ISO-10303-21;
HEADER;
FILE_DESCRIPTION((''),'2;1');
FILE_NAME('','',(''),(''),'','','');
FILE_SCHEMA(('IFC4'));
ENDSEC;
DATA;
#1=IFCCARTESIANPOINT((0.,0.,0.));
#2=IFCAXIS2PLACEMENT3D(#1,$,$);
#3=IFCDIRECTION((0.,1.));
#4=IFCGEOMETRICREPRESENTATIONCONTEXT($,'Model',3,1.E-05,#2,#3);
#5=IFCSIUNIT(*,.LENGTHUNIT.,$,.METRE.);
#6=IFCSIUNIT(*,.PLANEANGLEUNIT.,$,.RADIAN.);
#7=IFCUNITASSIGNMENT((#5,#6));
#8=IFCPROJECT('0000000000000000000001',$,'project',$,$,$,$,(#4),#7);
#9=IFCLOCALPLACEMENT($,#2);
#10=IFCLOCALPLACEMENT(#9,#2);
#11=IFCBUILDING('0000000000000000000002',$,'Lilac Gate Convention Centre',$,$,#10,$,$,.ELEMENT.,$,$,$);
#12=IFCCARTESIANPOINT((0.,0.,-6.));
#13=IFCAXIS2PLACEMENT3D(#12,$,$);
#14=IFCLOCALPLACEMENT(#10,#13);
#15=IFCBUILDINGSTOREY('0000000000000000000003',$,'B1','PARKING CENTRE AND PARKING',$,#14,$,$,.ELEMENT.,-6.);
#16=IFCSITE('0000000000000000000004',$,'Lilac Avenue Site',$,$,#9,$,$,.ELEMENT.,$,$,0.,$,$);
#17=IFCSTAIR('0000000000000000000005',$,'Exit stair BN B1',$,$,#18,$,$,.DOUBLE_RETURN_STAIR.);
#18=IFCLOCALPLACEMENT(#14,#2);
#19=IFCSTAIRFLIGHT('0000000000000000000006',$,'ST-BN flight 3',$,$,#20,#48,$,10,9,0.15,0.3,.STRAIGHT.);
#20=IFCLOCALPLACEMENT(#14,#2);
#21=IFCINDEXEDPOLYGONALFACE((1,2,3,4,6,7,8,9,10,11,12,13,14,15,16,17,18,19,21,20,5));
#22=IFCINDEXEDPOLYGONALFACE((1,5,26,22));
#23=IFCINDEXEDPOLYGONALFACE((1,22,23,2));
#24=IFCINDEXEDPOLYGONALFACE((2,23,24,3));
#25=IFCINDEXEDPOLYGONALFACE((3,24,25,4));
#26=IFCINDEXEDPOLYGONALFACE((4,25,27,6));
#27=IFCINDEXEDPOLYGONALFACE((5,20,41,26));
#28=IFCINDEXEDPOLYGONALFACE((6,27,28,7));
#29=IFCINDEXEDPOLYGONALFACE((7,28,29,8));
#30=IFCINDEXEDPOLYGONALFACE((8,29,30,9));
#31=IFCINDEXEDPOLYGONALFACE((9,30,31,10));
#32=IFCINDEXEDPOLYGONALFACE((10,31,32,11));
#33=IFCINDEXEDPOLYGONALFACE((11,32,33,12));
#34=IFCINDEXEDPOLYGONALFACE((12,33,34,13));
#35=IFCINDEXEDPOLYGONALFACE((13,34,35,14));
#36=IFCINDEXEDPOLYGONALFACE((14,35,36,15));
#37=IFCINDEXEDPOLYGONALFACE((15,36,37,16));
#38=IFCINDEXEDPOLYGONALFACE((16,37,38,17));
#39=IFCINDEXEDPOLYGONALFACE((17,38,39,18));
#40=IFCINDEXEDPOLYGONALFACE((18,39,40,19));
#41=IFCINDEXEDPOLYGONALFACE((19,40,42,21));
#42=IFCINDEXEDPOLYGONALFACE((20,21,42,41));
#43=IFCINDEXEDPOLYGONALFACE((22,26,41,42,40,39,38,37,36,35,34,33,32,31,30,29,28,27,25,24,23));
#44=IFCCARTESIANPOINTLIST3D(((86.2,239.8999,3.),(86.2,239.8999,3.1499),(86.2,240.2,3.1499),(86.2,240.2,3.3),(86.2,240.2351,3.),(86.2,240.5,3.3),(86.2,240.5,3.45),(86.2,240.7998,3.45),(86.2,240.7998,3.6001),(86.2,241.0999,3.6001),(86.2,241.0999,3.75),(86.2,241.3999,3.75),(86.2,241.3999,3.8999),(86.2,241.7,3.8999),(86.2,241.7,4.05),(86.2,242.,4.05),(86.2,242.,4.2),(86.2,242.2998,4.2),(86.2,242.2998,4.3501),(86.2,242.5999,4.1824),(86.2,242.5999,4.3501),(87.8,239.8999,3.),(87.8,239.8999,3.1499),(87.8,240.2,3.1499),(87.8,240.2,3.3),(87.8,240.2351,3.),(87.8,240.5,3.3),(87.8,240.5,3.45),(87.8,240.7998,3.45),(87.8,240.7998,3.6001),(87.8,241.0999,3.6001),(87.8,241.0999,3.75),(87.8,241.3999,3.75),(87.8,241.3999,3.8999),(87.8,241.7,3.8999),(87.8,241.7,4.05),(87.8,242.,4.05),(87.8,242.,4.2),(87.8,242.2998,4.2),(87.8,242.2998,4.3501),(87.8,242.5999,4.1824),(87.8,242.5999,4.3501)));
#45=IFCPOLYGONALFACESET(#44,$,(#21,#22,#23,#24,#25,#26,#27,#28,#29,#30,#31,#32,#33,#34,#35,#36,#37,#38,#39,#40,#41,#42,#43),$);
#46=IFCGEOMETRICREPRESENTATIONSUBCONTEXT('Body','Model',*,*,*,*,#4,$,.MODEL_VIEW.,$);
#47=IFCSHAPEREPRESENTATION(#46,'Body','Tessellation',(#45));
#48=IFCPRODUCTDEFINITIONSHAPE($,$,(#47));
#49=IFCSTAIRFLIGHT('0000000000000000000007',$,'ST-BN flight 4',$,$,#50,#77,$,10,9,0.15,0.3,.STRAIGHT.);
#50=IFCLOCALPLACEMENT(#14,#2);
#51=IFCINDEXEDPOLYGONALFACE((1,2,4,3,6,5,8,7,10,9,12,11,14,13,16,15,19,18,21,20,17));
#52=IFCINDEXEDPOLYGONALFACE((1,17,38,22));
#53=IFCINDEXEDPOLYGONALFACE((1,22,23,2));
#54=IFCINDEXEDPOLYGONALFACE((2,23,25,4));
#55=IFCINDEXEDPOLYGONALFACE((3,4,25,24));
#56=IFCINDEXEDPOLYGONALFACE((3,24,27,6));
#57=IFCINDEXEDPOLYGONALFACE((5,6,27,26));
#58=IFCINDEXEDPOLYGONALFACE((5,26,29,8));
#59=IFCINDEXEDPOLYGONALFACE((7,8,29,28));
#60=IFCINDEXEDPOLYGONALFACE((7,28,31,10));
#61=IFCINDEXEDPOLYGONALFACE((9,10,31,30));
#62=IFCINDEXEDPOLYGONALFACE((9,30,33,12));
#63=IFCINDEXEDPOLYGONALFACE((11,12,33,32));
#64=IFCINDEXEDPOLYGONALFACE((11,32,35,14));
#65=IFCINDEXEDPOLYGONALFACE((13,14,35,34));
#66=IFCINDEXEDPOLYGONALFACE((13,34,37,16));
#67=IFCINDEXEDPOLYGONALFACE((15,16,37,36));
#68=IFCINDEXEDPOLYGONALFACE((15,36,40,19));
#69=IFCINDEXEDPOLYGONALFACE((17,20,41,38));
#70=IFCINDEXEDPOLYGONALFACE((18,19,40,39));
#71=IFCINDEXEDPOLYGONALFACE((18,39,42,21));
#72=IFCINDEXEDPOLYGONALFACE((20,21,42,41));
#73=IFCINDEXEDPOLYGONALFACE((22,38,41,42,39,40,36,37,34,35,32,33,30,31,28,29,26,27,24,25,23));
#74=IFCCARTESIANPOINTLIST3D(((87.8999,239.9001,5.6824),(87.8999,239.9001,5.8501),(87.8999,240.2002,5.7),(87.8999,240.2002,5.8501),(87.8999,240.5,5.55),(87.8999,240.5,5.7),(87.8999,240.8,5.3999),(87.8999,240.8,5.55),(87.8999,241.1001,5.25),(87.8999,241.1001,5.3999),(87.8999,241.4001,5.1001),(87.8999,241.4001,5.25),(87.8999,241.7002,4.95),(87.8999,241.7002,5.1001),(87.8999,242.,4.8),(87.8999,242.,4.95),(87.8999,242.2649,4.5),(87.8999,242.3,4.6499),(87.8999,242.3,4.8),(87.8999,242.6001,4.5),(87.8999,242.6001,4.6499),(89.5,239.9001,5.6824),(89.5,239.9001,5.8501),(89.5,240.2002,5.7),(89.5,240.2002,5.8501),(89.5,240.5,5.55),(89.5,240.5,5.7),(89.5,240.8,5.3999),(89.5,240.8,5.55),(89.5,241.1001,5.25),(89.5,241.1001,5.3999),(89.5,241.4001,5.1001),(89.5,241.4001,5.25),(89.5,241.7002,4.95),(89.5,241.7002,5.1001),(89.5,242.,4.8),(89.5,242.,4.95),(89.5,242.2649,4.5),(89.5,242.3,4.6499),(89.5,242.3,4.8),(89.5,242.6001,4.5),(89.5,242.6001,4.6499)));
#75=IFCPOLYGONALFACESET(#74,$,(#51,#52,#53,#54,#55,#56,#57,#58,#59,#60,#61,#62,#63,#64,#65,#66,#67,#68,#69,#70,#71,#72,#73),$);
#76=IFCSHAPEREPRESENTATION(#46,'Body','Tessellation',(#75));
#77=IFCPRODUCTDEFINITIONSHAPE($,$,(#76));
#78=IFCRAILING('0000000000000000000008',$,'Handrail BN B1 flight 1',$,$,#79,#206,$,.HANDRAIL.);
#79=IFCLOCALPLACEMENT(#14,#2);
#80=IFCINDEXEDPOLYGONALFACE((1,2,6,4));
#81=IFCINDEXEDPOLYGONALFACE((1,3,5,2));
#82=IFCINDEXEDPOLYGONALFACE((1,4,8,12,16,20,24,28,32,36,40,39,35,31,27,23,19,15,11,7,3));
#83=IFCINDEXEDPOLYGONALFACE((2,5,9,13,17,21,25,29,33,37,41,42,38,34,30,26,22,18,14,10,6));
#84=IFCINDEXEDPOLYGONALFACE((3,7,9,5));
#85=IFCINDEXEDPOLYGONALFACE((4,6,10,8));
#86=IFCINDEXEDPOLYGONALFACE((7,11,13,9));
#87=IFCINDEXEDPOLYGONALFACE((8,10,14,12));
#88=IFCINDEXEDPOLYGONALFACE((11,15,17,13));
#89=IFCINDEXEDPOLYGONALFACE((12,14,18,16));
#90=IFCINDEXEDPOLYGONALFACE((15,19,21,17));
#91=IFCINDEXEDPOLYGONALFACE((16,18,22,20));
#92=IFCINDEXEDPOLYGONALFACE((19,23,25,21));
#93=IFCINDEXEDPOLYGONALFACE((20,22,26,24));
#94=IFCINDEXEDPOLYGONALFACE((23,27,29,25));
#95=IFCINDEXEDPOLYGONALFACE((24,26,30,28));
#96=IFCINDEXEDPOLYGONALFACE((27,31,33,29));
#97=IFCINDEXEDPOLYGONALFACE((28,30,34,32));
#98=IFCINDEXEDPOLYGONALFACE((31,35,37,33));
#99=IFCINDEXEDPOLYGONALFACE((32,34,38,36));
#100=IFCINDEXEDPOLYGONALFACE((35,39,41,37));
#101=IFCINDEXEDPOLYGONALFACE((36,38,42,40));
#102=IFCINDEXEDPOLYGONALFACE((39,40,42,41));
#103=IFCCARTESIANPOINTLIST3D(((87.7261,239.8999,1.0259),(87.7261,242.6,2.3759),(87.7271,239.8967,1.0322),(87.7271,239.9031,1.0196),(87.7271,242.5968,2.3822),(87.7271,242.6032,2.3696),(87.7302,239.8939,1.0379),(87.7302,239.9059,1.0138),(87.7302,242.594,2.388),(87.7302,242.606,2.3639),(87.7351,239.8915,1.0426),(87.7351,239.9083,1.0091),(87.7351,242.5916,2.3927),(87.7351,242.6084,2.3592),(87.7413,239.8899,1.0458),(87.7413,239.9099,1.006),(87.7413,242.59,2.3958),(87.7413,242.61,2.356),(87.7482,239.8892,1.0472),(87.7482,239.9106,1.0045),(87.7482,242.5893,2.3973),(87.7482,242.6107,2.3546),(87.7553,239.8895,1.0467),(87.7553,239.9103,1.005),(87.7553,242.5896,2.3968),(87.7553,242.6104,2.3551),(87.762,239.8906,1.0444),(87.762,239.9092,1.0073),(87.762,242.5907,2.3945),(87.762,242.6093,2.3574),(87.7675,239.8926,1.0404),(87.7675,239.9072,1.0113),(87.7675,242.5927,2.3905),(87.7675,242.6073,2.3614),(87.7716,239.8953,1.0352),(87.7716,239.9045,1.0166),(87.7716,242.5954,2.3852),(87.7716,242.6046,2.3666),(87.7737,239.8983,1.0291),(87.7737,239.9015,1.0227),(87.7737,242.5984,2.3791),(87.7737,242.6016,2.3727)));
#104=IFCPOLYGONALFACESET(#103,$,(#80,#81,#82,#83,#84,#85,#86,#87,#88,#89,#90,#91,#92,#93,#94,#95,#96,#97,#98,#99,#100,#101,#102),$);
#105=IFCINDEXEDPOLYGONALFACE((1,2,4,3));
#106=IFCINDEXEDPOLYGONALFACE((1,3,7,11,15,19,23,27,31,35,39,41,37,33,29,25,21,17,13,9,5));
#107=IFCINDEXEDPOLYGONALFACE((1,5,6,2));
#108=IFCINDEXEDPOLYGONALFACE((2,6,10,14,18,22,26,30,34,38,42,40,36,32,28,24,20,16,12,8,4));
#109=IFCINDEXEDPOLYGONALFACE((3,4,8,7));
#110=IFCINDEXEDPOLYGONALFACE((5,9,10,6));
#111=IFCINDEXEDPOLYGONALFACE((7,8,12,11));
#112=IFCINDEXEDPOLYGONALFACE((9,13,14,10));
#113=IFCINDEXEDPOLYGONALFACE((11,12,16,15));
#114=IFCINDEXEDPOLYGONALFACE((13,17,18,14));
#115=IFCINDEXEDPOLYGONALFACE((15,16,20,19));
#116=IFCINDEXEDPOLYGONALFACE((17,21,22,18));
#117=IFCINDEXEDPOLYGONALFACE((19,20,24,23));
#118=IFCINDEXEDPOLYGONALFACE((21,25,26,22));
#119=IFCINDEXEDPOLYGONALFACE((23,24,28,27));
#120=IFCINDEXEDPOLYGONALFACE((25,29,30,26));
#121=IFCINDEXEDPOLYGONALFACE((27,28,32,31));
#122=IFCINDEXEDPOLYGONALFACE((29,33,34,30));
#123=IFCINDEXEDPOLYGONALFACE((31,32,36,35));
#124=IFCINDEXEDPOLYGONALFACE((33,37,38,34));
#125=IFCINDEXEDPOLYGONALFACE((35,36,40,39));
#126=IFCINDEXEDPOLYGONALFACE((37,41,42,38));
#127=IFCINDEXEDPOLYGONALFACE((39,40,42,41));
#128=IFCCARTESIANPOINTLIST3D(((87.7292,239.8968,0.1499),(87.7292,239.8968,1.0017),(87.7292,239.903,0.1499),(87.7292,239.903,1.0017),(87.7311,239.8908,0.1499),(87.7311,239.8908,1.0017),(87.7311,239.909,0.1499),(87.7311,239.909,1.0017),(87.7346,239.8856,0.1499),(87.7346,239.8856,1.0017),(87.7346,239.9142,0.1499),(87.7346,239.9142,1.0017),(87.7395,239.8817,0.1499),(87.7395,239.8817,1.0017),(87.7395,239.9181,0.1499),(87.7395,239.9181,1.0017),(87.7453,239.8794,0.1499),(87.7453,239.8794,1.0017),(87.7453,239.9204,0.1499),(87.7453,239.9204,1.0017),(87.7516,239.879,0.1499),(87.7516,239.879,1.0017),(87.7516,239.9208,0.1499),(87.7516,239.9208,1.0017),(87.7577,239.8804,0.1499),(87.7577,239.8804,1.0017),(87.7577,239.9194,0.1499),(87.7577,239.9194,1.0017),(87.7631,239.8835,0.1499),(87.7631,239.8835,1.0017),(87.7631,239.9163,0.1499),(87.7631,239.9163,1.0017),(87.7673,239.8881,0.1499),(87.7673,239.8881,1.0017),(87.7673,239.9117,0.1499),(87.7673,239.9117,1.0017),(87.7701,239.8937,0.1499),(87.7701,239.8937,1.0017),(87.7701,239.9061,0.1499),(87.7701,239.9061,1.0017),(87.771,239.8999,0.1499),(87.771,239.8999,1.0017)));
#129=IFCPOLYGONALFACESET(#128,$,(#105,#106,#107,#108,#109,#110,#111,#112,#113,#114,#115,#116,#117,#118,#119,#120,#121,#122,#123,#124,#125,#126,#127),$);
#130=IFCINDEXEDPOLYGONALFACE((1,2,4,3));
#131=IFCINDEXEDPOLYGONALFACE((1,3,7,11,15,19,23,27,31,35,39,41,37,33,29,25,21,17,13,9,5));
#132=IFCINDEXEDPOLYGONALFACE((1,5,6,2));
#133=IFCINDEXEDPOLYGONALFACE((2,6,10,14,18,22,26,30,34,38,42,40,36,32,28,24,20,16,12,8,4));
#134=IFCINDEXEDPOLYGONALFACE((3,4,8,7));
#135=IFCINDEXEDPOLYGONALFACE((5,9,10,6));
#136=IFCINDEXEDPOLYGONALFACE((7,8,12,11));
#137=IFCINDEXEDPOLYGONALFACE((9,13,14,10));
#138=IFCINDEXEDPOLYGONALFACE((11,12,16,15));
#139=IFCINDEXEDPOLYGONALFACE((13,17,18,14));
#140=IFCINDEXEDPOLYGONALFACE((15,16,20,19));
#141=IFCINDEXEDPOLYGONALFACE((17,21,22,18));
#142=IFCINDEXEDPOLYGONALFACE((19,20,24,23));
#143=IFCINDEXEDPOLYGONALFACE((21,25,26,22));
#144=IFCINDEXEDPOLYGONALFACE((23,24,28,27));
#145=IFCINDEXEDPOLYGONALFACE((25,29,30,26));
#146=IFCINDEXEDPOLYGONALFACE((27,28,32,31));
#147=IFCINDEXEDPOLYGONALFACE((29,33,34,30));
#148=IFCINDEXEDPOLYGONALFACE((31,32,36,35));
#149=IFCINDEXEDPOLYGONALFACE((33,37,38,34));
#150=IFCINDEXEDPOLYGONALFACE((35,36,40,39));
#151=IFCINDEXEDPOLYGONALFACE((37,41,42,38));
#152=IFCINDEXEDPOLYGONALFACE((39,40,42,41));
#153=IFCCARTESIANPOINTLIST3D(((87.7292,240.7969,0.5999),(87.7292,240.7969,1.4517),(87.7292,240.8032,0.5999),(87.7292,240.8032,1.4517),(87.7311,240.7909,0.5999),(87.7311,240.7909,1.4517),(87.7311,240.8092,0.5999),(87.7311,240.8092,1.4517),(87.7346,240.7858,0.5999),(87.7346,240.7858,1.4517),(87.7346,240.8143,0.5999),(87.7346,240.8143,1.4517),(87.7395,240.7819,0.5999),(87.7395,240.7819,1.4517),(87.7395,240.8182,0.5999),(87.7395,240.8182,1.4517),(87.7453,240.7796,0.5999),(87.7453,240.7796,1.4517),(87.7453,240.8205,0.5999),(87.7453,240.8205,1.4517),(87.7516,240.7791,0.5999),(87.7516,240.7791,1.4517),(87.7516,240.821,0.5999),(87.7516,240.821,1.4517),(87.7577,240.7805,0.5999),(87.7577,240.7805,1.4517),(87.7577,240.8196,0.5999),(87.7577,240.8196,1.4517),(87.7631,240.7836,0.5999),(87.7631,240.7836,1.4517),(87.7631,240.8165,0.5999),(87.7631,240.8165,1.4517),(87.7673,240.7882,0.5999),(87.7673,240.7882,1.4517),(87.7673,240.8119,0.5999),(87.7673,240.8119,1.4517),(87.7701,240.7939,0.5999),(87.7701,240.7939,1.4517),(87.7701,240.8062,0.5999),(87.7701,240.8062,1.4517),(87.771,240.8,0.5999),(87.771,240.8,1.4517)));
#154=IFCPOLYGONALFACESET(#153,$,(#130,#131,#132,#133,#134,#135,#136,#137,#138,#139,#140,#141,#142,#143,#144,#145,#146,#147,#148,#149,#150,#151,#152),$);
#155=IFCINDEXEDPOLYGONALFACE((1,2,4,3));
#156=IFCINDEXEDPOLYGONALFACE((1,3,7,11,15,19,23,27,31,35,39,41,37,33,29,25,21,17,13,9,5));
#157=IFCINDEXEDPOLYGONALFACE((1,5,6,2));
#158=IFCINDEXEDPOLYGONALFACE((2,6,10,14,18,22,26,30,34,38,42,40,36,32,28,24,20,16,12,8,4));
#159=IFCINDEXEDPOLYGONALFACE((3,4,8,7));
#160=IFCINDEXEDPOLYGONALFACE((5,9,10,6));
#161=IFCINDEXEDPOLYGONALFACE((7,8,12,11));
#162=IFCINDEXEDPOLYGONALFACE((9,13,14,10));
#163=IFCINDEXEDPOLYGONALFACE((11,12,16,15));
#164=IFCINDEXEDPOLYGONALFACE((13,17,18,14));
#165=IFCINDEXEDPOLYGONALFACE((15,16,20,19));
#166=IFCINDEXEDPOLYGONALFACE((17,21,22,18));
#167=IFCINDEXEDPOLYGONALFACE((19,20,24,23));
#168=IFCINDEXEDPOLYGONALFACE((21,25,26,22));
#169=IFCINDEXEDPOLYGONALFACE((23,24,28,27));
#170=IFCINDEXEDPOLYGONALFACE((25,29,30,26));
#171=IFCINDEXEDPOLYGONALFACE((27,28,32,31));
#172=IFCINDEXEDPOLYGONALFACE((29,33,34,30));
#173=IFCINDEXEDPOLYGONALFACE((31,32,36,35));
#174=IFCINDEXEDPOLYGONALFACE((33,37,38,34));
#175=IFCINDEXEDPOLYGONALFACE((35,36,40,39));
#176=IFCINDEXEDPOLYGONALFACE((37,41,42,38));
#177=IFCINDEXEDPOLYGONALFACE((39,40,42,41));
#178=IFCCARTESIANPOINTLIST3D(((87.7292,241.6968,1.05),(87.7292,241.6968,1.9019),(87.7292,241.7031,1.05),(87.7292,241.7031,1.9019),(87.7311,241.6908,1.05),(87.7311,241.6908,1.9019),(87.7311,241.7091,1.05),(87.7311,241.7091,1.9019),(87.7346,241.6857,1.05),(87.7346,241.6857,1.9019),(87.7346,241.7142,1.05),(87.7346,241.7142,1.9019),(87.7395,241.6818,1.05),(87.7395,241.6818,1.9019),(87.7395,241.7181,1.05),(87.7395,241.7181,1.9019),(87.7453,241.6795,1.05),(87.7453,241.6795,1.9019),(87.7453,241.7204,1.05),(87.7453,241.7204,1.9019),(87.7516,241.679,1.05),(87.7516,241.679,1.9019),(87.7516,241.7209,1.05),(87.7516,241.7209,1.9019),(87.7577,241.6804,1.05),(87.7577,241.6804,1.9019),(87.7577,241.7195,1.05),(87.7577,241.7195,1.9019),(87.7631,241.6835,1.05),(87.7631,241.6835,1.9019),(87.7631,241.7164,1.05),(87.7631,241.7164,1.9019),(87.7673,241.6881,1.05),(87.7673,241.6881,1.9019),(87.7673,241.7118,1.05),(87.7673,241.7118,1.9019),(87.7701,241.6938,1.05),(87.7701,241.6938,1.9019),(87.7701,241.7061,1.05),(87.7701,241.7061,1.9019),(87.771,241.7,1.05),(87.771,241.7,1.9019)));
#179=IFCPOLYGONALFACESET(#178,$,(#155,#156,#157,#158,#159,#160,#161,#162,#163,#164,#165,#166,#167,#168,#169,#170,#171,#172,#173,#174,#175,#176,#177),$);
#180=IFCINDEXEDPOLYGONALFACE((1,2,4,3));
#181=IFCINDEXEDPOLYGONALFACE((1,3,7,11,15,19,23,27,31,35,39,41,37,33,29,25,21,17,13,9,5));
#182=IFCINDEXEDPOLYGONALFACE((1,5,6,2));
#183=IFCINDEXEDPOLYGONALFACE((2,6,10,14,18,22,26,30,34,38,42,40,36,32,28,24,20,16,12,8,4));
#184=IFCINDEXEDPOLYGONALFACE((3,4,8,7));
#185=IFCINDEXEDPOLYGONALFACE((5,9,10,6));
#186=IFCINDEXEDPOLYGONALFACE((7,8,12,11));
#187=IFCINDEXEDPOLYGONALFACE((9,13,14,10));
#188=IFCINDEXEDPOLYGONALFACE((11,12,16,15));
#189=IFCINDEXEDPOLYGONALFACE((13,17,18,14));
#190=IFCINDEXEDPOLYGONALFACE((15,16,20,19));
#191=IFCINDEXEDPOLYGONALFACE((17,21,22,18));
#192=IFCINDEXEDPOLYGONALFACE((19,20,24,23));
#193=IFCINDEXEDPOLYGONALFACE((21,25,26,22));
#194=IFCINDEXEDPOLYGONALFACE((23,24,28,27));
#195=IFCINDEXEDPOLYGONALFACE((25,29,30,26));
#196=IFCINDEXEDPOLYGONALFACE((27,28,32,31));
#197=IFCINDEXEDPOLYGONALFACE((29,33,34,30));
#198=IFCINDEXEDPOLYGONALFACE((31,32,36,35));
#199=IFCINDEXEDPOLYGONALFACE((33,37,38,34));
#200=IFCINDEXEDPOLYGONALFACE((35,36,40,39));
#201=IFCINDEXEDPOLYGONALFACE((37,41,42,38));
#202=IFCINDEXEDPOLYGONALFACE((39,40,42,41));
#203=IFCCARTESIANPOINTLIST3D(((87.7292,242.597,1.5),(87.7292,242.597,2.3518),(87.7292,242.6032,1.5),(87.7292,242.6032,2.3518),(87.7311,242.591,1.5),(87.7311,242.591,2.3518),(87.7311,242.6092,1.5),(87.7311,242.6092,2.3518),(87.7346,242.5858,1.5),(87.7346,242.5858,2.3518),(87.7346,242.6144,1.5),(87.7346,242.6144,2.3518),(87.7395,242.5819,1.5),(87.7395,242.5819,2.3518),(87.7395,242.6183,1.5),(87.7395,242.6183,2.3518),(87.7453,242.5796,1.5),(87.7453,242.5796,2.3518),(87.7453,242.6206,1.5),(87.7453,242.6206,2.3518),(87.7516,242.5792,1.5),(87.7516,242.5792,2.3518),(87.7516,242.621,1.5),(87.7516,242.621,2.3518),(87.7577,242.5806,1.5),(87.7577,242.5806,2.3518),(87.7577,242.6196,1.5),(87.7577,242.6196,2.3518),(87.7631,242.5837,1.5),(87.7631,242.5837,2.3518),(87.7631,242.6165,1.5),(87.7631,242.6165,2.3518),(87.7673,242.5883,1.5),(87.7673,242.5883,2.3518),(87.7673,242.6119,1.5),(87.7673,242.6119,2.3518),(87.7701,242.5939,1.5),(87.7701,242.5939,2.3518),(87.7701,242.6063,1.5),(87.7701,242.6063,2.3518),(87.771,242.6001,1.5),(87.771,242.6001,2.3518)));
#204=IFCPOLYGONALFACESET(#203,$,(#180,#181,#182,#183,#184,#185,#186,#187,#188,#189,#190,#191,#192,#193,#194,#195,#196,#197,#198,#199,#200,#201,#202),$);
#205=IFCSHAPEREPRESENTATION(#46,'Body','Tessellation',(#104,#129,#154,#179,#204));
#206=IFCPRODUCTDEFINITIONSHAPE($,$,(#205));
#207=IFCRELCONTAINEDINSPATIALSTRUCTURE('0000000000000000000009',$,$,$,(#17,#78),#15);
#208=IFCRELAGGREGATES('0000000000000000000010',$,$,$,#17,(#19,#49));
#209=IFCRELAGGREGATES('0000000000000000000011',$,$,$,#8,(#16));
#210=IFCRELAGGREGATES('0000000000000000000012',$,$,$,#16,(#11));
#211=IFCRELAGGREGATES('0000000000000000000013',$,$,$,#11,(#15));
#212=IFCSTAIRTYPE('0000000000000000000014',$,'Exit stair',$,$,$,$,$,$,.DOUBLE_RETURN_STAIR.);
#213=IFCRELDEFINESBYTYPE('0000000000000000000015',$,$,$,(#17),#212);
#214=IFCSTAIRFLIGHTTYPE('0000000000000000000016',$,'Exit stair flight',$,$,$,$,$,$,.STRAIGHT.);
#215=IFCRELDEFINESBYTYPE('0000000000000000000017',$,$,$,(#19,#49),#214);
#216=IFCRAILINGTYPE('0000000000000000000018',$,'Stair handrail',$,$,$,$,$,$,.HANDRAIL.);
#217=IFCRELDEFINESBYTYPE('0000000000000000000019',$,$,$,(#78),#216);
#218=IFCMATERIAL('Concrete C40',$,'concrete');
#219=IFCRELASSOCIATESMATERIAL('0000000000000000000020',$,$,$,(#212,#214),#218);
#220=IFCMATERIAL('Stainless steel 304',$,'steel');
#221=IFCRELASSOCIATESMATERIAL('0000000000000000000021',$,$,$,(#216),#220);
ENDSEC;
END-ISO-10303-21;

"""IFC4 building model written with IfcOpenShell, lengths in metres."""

from ifc_helpers import new_model, si_unit, direction, frame, origin, origin_2d, place, context, subcontext, project, spatial, polyline, circle, outline, extrude, material, type_object, element, aggregate, save


model = new_model("IFC4")

# Units and contexts
model_context = context("Model", 3, precision=1e-05, world=origin(), true_north=direction((0.0, 1.0)))
body_context = subcontext(model_context, "Body", "Model", "MODEL_VIEW")
ifc_project = project(units=[si_unit("LENGTHUNIT", "METRE"), si_unit("PLANEANGLEUNIT", "RADIAN")], contexts=[model_context])

# Site, building, storey
site_placement = place(None, origin())
site = spatial("IfcSite", under=ifc_project, at=site_placement, Name="Lilac Avenue Site", CompositionType="ELEMENT", RefElevation=0.0)
building_placement = place(site_placement, origin())
building = spatial("IfcBuilding", under=site, at=building_placement, Name="Lilac Gate Convention Centre", CompositionType="ELEMENT")
storey_placement = place(building_placement, frame((0.0, 0.0, -6.0)))
storey = spatial("IfcBuildingStorey", under=building, at=storey_placement, Name="B1", Description="PARKING CENTRE AND PARKING", CompositionType="ELEMENT", Elevation=-6.0)

# Shared definitions
ifc_material_1 = material(Name="Concrete C40", Category="concrete")

# Stair, stair flights
stair_type = type_object("IfcStairType", Name="Exit stair", PredefinedType="DOUBLE_RETURN_STAIR", material=ifc_material_1)
stair_placement = place(storey_placement, origin())
stair = element("IfcStair", 1, at=stair_placement, inside=storey, type_object=stair_type, Name="Exit stair BN B1", PredefinedType="DOUBLE_RETURN_STAIR")
stair_flight_type = type_object("IfcStairFlightType", Name="Exit stair flight", PredefinedType="STRAIGHT", material=ifc_material_1)
stair_flight_1_placement = place(storey_placement, frame((87.0, 239.8999, 3.0), z_axis=(0.0, 0.0, 1.0), x_axis=(0.0, 1.0, 0.0)))
stair_flight_1 = element("IfcStairFlight", 2, at=stair_flight_1_placement, type_object=stair_flight_type, Name="ST-BN flight 3", NumberOfRisers=10, NumberOfTreads=9, PredefinedType="STRAIGHT", RiserHeight=0.15, TreadLength=0.3, context=body_context, shape_type="SweptSolid", body=[
    extrude(outline(polyline([(0.0, 0.0), (0.0, 0.1499), (0.3, 0.1499), (0.3, 0.3), (0.6001, 0.3), (0.6001, 0.45), (0.8999, 0.45), (0.8999, 0.6001), (1.2, 0.6001), (1.2, 0.75), (1.5, 0.75), (1.5, 0.8999), (1.8, 0.8999), (1.8, 1.05), (2.1001, 1.05), (2.1001, 1.2), (2.3999, 1.2), (2.3999, 1.3501), (2.7, 1.3501), (2.7, 1.5), (2.7, 1.1824), (0.3352, 0.0), (0.0, 0.0)])), frame((0.0, 0.8, 0.0), z_axis=(0.0, -1.0, 0.0), x_axis=(1.0, 0.0, 0.0)), (0.0, 0.0, 1.0), 1.6001),
])
stair_flight_2_placement = place(storey_placement, frame((88.7, 242.6001, 4.5), z_axis=(0.0, 0.0, 1.0), x_axis=(0.0, -1.0, 0.0)))
stair_flight_2 = element("IfcStairFlight", 3, at=stair_flight_2_placement, type_object=stair_flight_type, Name="ST-BN flight 4", NumberOfRisers=10, NumberOfTreads=9, PredefinedType="STRAIGHT", RiserHeight=0.15, TreadLength=0.3, context=body_context, shape_type="SweptSolid", body=[
    extrude(outline(polyline([(0.0, 0.0), (0.0, 0.1499), (0.3, 0.1499), (0.3, 0.3), (0.6001, 0.3), (0.6001, 0.45), (0.8999, 0.45), (0.8999, 0.6001), (1.2, 0.6001), (1.2, 0.75), (1.5, 0.75), (1.5, 0.8999), (1.8, 0.8999), (1.8, 1.05), (2.1001, 1.05), (2.1001, 1.2), (2.3999, 1.2), (2.3999, 1.3501), (2.7, 1.3501), (2.7, 1.5), (2.7, 1.1824), (0.3352, 0.0), (0.0, 0.0)])), frame((0.0, 0.8, 0.0), z_axis=(0.0, -1.0, 0.0), x_axis=(1.0, 0.0, 0.0)), (0.0, 0.0, 1.0), 1.6001),
])
aggregate(stair, [stair_flight_1, stair_flight_2])

# Railing
ifc_material_2 = material(Name="Stainless steel 304", Category="steel")
railing_type = type_object("IfcRailingType", Name="Stair handrail", PredefinedType="HANDRAIL", material=ifc_material_2)
railing_1_placement = place(storey_placement, frame((87.75, 239.8999, 0.1499)))
element("IfcRailing", 4, at=railing_1_placement, inside=storey, type_object=railing_type, Name="Handrail BN B1 flight 1", PredefinedType="HANDRAIL", context=body_context, shape_type="SweptSolid", body=[
    extrude(circle(Radius=0.0239, at=origin_2d()), frame((0.0, 0.0, 0.876), z_axis=(0.0, 0.894427, 0.447214), x_axis=(-1.0, 0.0, 0.0)), (0.0, 0.0, 1.0), 3.0188),
    extrude(circle(Radius=0.021, at=origin_2d()), origin(), (0.0, 0.0, 1.0), 0.8518),
    extrude(circle(Radius=0.021, at=origin_2d()), frame((0.0, 0.9001, 0.45)), (0.0, 0.0, 1.0), 0.8518),
    extrude(circle(Radius=0.021, at=origin_2d()), frame((0.0, 1.8, 0.9001)), (0.0, 0.0, 1.0), 0.8518),
    extrude(circle(Radius=0.021, at=origin_2d()), frame((0.0, 2.7002, 1.3501)), (0.0, 0.0, 1.0), 0.8518),
])

save(model, "model.ifc")
